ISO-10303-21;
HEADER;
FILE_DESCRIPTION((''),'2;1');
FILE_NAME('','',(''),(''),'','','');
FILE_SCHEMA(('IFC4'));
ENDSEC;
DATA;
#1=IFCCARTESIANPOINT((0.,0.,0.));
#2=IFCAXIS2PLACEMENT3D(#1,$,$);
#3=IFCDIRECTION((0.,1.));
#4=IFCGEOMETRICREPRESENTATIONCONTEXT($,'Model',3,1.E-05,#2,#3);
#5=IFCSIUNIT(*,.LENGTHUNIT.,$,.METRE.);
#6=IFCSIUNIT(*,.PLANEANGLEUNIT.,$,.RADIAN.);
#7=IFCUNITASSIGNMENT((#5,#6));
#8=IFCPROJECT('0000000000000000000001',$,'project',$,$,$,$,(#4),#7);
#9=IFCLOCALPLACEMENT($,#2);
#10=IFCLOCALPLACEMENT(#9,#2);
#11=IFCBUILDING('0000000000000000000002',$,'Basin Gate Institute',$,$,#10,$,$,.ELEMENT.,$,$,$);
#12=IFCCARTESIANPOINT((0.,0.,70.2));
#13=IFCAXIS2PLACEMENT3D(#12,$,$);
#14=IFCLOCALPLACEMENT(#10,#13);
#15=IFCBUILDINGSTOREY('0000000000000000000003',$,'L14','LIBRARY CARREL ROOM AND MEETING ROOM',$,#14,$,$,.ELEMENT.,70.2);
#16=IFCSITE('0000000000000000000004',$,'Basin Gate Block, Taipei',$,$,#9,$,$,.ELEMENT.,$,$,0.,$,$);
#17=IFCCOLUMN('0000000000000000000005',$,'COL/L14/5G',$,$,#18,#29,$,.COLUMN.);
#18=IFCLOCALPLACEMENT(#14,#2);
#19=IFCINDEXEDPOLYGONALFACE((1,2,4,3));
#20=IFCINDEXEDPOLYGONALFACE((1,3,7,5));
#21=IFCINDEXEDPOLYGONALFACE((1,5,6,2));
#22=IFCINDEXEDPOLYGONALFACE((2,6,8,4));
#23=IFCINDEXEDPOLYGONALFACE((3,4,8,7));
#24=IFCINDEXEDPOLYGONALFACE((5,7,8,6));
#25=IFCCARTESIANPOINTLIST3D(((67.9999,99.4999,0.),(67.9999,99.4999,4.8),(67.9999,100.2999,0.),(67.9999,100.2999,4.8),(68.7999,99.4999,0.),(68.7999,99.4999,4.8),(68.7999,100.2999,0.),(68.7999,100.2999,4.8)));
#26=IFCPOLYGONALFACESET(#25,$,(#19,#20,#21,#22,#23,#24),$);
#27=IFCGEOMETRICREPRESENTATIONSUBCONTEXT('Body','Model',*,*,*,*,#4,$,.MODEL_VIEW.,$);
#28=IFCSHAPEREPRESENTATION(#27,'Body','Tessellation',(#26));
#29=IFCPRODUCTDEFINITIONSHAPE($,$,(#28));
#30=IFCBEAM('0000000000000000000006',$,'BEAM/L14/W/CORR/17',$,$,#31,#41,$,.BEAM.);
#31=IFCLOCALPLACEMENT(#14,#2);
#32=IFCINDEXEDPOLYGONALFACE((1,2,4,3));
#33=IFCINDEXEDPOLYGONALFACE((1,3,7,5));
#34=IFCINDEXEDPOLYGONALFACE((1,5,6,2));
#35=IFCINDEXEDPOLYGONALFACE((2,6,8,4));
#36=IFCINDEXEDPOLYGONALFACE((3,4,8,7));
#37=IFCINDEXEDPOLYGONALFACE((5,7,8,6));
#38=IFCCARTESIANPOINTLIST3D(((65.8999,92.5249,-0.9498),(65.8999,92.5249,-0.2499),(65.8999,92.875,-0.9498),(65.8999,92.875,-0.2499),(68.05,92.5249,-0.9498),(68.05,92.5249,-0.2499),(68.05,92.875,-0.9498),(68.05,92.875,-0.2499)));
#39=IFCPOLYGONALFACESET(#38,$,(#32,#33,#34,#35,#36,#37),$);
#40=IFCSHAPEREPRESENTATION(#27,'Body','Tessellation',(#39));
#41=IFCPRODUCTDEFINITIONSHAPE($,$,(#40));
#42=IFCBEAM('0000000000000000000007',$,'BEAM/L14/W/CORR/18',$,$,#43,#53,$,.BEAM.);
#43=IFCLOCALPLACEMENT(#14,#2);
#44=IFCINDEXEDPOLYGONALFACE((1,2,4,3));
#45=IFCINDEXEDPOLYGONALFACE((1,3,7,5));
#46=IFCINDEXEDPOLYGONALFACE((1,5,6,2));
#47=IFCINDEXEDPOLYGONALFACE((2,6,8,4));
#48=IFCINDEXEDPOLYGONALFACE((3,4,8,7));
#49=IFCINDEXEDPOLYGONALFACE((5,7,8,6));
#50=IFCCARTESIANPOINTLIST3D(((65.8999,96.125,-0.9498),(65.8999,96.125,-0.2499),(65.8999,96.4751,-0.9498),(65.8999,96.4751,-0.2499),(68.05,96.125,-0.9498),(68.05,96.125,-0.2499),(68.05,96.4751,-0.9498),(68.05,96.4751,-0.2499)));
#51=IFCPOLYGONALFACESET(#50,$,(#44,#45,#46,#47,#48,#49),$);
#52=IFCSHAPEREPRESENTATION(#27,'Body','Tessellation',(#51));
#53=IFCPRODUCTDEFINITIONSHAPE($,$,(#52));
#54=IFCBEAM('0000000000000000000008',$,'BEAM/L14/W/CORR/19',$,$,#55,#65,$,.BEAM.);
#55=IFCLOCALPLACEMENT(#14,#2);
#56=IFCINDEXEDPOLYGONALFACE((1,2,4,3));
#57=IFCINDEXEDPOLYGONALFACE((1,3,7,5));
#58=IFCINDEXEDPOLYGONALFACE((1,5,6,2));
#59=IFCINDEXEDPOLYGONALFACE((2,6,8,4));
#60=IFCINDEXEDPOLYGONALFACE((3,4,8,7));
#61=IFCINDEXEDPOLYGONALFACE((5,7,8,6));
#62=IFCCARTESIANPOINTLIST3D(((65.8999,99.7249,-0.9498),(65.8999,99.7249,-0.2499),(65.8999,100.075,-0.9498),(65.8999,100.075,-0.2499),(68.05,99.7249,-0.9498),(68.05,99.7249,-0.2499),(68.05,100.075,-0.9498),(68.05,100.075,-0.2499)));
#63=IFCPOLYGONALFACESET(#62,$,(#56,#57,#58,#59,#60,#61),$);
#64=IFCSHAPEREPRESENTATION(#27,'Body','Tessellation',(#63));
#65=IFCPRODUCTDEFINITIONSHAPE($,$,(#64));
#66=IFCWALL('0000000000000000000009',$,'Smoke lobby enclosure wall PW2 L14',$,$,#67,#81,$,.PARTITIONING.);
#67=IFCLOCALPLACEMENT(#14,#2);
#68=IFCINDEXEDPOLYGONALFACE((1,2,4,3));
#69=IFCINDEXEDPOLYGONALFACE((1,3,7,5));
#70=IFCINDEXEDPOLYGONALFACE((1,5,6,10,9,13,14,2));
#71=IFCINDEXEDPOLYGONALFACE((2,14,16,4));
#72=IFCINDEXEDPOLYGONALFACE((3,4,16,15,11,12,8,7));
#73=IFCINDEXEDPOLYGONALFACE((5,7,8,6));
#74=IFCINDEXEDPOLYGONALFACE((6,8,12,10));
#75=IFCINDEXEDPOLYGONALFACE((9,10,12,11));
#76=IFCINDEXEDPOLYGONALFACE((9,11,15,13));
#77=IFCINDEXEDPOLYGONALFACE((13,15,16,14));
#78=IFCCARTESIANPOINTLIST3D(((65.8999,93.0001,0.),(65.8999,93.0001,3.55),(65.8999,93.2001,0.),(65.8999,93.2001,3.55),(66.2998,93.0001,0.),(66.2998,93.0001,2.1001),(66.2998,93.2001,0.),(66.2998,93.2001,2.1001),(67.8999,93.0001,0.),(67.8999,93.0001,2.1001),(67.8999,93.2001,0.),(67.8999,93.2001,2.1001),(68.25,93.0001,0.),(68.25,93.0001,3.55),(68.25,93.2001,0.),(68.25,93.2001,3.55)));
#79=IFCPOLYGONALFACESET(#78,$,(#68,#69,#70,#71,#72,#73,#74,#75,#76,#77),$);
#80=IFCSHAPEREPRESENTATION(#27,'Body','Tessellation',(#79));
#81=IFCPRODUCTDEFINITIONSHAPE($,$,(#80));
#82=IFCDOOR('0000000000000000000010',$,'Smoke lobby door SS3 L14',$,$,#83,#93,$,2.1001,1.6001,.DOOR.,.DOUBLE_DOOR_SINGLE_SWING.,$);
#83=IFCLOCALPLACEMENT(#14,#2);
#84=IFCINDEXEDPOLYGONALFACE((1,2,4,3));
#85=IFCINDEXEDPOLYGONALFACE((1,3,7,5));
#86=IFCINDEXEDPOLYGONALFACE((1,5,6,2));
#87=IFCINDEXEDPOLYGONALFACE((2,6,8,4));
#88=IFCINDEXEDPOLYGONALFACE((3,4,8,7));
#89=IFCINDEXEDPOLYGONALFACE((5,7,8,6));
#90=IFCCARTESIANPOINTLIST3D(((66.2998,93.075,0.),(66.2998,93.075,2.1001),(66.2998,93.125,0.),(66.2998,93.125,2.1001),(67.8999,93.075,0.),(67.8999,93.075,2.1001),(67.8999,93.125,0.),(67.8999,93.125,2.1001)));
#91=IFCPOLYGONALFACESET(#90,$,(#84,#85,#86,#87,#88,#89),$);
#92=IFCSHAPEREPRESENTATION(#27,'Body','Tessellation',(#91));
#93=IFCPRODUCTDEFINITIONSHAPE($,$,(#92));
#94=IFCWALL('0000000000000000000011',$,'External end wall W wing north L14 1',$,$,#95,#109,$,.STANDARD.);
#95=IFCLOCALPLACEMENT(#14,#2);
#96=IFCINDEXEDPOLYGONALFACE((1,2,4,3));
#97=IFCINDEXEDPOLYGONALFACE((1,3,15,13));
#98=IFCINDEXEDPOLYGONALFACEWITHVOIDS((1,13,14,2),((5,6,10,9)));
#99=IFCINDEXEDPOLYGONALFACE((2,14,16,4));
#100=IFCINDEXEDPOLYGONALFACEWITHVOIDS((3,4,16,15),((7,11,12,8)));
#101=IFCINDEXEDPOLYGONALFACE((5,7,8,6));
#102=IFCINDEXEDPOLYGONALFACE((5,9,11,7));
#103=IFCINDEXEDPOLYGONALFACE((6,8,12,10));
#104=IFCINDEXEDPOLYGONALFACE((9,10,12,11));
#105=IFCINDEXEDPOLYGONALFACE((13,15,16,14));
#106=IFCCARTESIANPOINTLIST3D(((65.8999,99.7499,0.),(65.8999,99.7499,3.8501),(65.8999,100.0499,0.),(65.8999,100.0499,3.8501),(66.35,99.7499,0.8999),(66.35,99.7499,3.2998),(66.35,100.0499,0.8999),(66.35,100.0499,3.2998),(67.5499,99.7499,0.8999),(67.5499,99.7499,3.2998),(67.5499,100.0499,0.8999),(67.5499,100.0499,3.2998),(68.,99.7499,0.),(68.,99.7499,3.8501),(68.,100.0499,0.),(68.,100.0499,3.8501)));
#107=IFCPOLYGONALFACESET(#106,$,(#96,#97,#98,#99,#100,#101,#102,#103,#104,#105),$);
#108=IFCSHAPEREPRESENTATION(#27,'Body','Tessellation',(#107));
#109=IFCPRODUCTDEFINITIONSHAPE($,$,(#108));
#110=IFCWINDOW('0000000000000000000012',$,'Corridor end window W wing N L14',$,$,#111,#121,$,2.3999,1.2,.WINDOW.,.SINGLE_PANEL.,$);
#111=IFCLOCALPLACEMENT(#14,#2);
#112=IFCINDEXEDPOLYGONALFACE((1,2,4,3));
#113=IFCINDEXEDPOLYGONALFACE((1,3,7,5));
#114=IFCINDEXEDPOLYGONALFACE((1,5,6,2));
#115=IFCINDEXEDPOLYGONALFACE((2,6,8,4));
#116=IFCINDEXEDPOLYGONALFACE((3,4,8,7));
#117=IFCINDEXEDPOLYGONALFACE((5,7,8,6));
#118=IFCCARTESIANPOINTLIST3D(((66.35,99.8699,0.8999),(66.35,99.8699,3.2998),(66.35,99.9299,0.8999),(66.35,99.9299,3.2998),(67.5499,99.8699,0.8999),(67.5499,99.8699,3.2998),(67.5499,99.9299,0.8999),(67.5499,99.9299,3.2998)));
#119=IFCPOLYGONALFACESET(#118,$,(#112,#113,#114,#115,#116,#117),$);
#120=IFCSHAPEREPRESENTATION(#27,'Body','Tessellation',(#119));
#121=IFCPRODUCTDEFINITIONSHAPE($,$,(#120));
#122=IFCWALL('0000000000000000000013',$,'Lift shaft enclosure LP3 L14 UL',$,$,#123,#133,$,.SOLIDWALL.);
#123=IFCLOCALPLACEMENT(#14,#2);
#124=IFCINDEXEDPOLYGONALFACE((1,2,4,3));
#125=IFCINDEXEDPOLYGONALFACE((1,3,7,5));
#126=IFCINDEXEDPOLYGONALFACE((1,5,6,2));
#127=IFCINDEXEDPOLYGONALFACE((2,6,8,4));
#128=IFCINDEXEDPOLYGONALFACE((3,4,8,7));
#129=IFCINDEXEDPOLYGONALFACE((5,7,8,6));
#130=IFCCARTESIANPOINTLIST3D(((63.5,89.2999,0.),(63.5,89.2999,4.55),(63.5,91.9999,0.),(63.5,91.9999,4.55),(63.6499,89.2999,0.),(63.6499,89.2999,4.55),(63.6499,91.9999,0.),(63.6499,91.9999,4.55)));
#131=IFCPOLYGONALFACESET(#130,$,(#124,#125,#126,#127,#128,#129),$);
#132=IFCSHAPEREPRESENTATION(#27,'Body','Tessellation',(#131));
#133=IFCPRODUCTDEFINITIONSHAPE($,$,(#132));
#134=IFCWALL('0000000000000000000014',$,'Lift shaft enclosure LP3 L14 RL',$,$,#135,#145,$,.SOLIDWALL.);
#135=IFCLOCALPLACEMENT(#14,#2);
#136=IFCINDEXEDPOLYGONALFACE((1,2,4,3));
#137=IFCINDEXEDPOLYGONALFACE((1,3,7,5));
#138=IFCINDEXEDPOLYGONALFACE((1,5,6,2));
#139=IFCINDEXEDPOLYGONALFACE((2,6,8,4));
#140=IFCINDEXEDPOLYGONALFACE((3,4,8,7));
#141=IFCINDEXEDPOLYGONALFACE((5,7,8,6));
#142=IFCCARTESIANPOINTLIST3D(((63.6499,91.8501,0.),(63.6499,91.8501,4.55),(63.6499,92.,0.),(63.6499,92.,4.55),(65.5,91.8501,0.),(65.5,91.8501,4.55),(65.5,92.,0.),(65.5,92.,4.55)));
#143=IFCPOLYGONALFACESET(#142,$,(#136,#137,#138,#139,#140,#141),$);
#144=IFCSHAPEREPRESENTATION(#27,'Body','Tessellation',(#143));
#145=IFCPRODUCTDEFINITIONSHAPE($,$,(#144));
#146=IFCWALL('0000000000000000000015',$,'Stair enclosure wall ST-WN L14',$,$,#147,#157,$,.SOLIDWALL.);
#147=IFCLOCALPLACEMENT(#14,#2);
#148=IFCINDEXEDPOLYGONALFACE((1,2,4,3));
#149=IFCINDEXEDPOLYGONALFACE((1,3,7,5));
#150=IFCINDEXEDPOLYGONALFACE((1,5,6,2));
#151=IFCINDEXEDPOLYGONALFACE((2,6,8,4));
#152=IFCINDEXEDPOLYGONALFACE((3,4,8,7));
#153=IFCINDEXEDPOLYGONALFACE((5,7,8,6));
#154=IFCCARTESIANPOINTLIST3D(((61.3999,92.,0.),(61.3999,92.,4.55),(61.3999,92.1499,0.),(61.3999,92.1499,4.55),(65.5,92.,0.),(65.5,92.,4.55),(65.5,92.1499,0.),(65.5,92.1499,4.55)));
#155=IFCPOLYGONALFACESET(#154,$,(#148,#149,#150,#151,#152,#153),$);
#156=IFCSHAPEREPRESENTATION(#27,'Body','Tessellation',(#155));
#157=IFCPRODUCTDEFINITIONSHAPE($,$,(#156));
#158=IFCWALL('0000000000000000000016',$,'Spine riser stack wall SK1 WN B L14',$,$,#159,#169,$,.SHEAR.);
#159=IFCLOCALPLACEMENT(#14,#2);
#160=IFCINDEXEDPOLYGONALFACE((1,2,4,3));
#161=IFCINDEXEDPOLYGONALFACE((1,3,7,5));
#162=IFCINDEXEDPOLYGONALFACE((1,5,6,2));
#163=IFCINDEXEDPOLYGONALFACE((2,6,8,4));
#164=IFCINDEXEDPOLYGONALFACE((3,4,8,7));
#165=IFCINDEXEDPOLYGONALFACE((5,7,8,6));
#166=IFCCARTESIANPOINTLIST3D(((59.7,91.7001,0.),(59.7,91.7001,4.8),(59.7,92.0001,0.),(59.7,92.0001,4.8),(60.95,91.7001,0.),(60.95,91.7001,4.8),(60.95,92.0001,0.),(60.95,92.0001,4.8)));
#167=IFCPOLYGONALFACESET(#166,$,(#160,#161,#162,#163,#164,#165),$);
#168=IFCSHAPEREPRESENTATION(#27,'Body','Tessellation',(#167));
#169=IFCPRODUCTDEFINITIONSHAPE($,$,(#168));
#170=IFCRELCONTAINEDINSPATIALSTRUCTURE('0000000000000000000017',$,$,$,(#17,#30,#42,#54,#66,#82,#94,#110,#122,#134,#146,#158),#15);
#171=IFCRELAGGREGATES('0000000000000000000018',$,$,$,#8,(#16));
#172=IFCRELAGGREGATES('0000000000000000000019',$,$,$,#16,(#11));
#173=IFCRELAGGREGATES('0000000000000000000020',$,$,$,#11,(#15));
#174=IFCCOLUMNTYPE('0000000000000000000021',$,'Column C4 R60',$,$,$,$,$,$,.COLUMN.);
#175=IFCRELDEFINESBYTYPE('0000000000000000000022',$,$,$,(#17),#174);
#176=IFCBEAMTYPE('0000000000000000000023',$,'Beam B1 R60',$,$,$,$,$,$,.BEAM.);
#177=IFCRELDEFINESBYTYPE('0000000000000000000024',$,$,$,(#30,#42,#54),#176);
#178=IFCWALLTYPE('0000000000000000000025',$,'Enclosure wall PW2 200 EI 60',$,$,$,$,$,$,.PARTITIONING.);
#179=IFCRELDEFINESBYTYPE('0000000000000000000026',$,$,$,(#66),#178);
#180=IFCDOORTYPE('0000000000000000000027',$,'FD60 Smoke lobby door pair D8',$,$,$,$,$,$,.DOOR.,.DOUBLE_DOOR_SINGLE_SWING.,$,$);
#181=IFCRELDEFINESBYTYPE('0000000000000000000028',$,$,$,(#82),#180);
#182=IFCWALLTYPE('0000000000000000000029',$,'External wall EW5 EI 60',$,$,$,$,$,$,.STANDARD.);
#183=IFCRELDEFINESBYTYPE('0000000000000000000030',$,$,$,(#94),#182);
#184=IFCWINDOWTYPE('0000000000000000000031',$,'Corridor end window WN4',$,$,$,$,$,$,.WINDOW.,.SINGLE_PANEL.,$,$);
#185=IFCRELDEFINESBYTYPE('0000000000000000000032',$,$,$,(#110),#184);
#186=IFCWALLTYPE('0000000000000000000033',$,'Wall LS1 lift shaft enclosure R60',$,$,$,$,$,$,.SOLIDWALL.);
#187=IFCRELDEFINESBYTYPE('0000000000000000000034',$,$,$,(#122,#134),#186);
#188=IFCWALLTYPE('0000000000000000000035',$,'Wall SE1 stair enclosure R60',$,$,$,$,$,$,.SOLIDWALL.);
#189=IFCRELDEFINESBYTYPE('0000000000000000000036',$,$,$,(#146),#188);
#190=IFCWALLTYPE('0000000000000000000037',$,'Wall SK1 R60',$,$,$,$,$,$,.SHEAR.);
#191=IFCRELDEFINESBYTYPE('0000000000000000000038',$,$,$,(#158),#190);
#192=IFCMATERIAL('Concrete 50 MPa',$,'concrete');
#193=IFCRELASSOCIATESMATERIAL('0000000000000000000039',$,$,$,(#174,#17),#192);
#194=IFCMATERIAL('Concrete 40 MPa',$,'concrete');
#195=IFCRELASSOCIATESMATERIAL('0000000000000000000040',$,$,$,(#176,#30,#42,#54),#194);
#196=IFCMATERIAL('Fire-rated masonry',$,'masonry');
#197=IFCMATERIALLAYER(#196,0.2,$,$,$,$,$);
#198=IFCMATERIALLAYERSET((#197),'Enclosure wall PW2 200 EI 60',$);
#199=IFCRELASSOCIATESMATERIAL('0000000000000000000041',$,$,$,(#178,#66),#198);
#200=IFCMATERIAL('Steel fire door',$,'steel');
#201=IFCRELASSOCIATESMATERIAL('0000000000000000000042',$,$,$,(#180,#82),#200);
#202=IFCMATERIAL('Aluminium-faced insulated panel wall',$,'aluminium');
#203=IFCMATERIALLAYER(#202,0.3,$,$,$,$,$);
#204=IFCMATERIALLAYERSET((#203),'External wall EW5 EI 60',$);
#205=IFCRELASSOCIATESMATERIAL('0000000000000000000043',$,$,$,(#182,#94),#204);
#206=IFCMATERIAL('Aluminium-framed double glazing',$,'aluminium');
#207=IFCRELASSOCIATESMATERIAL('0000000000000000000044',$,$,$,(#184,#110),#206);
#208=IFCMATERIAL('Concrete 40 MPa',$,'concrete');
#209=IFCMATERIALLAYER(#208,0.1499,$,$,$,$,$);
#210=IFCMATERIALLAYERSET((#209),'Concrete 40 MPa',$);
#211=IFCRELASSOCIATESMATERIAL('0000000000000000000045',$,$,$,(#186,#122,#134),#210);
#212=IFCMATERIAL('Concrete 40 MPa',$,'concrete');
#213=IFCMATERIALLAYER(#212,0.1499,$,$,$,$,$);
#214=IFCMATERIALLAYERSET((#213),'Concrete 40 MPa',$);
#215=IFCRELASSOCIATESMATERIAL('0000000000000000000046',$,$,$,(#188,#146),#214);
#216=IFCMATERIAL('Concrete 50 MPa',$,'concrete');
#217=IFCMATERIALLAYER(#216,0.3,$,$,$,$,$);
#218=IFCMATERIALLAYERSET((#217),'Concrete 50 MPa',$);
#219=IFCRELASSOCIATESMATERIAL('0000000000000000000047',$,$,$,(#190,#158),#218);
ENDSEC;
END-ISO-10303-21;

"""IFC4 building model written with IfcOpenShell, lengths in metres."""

from ifc_helpers import new_model, si_unit, direction, frame, frame_2d, origin, origin_2d, place, context, subcontext, project, spatial, rectangle, extrude, material, layer, layer_set, material_profile, profile_set, type_object, element, fill, save


model = new_model("IFC4")

# Units and contexts
model_context = context("Model", 3, precision=1e-05, world=origin(), true_north=direction((0.0, 1.0)))
body_context = subcontext(model_context, "Body", "Model", "MODEL_VIEW")
ifc_project = project(units=[si_unit("LENGTHUNIT", "METRE"), si_unit("PLANEANGLEUNIT", "RADIAN")], contexts=[model_context])

# Site, building, storey
site_placement = place(None, origin())
site = spatial("IfcSite", under=ifc_project, at=site_placement, Name="Basin Gate Block, Taipei", CompositionType="ELEMENT", RefElevation=0.0)
building_placement = place(site_placement, origin())
building = spatial("IfcBuilding", under=site, at=building_placement, Name="Basin Gate Institute", CompositionType="ELEMENT")
storey_placement = place(building_placement, frame((0.0, 0.0, 70.2)))
storey = spatial("IfcBuildingStorey", under=building, at=storey_placement, Name="L14", Description="LIBRARY CARREL ROOM AND MEETING ROOM", CompositionType="ELEMENT", Elevation=70.2)

# Column
ifc_material_1 = material(Name="Concrete 50 MPa", Category="concrete")
ifc_material_profile_1 = material_profile(ifc_material_1, rectangle(XDim=0.8, YDim=0.8, at=origin_2d()), Name="Column C4 800 x 800")
ifc_profile_set_1 = profile_set([ifc_material_profile_1], Name="Concrete 50 MPa")
column_type = type_object("IfcColumnType", Name="Column C4 R60", PredefinedType="COLUMN", material=ifc_profile_set_1)
column_placement = place(storey_placement, frame((68.3999, 99.8999, 0.0), z_axis=(0.0, 0.0, 1.0), x_axis=(1.0, 0.0, 0.0)))
element("IfcColumn", 1, at=column_placement, inside=storey, type_object=column_type, material=ifc_profile_set_1, Name="COL/L14/5G", PredefinedType="COLUMN", context=body_context, shape_type="SweptSolid", body=[
    extrude(rectangle(XDim=0.8, YDim=0.8, at=origin_2d()), origin(), (0.0, 0.0, 1.0), 4.8),
])

# Beams
ifc_material_2 = material(Name="Concrete 40 MPa", Category="concrete")
ifc_material_profile_2 = material_profile(ifc_material_2, rectangle(XDim=0.3501, YDim=0.7, at=origin_2d()), Name="Beam B1 350 x 700")
ifc_profile_set_2 = profile_set([ifc_material_profile_2], Name="Concrete 40 MPa")
beam_type = type_object("IfcBeamType", Name="Beam B1 R60", PredefinedType="BEAM", material=ifc_profile_set_2)
for number, where, z_axis, x_axis, name in (
    (2, (65.8999, 92.7, -0.5999), (1.0, 0.0, 0.0), (0.0, 1.0, 0.0), "BEAM/L14/W/CORR/17"),
    (3, (65.8999, 96.3, -0.5999), (1.0, 0.0, 0.0), (0.0, 1.0, 0.0), "BEAM/L14/W/CORR/18"),
    (4, (65.8999, 99.8999, -0.5999), (1.0, 0.0, 0.0), (0.0, 1.0, 0.0), "BEAM/L14/W/CORR/19"),
):
    element("IfcBeam", number, at=place(storey_placement, frame(where, z_axis=z_axis, x_axis=x_axis)), inside=storey, type_object=beam_type, material=ifc_profile_set_2, Name=name, PredefinedType="BEAM", context=body_context, shape_type="SweptSolid", body=[
        extrude(rectangle(XDim=0.3501, YDim=0.7, at=origin_2d()), origin(), (0.0, 0.0, 1.0), 2.1501),
    ])

# Wall, opening, door
ifc_material_3 = material(Name="Fire-rated masonry", Category="masonry")
ifc_layer_1 = layer(ifc_material_3, 0.2)
ifc_layer_set_1 = layer_set([ifc_layer_1], Name="Enclosure wall PW2 200 EI 60")
wall_type_1 = type_object("IfcWallType", Name="Enclosure wall PW2 200 EI 60", PredefinedType="PARTITIONING", material=ifc_layer_set_1)
wall_1_placement = place(storey_placement, frame((65.8999, 93.1001, 0.0), z_axis=(0.0, 0.0, 1.0), x_axis=(1.0, 0.0, 0.0)))
wall_1 = element("IfcWall", 5, at=wall_1_placement, inside=storey, type_object=wall_type_1, material=ifc_layer_set_1, Name="Smoke lobby enclosure wall PW2 L14", PredefinedType="PARTITIONING", context=body_context, shape_type="SweptSolid", body=[
    extrude(rectangle(XDim=2.3501, YDim=0.2, at=frame_2d((1.175, 0.0))), origin(), (0.0, 0.0, 1.0), 3.55),
])
opening_1_placement = place(wall_1_placement, frame((0.3999, 0.0, 0.0)))
opening_1 = element("IfcOpeningElement", 6, at=opening_1_placement, cuts=wall_1, PredefinedType="OPENING", context=body_context, shape_type="SweptSolid", body=[
    extrude(rectangle(XDim=1.6001, YDim=2.1001, at=frame_2d((0.8, 1.05))), frame((0.0, 0.1099, 0.0), z_axis=(0.0, -1.0, 0.0), x_axis=(1.0, 0.0, 0.0)), (0.0, 0.0, 1.0), 0.22),
])
ifc_material_4 = material(Name="Steel fire door", Category="steel")
door_type = type_object("IfcDoorType", Name="FD60 Smoke lobby door pair D8", OperationType="DOUBLE_DOOR_SINGLE_SWING", PredefinedType="DOOR", material=ifc_material_4)
door_placement = place(opening_1_placement, origin())
door = element("IfcDoor", 7, at=door_placement, inside=storey, type_object=door_type, material=ifc_material_4, Name="Smoke lobby door SS3 L14", OperationType="DOUBLE_DOOR_SINGLE_SWING", OverallHeight=2.1001, OverallWidth=1.6001, PredefinedType="DOOR", context=body_context, shape_type="SweptSolid", body=[
    extrude(rectangle(XDim=1.6001, YDim=2.1001, at=frame_2d((0.8, 1.05))), frame((0.0, 0.0249, 0.0), z_axis=(0.0, -1.0, 0.0), x_axis=(1.0, 0.0, 0.0)), (0.0, 0.0, 1.0), 0.05),
])
fill(opening_1, door)

# Wall, opening, window
ifc_material_5 = material(Name="Aluminium-faced insulated panel wall", Category="aluminium")
ifc_layer_2 = layer(ifc_material_5, 0.3)
ifc_layer_set_2 = layer_set([ifc_layer_2], Name="External wall EW5 EI 60")
wall_type_2 = type_object("IfcWallType", Name="External wall EW5 EI 60", PredefinedType="STANDARD", material=ifc_layer_set_2)
wall_2_placement = place(storey_placement, frame((65.8999, 99.8999, 0.0), z_axis=(0.0, 0.0, 1.0), x_axis=(1.0, 0.0, 0.0)))
wall_2 = element("IfcWall", 8, at=wall_2_placement, inside=storey, type_object=wall_type_2, material=ifc_layer_set_2, Name="External end wall W wing north L14 1", PredefinedType="STANDARD", context=body_context, shape_type="SweptSolid", body=[
    extrude(rectangle(XDim=2.1001, YDim=0.3, at=frame_2d((1.05, 0.0))), origin(), (0.0, 0.0, 1.0), 3.8501),
])
opening_2_placement = place(wall_2_placement, frame((0.45, 0.0, 0.8999)))
opening_2 = element("IfcOpeningElement", 9, at=opening_2_placement, cuts=wall_2, PredefinedType="OPENING", context=body_context, shape_type="SweptSolid", body=[
    extrude(rectangle(XDim=1.2, YDim=2.3999, at=frame_2d((0.6001, 1.2))), frame((0.0, 0.1602, 0.0), z_axis=(0.0, -1.0, 0.0), x_axis=(1.0, 0.0, 0.0)), (0.0, 0.0, 1.0), 0.3201),
])
ifc_material_6 = material(Name="Aluminium-framed double glazing", Category="aluminium")
window_type_1 = type_object("IfcWindowType", Name="Corridor end window WN4", PartitioningType="SINGLE_PANEL", PredefinedType="WINDOW", material=ifc_material_6)
window_1_placement = place(opening_2_placement, origin())
window_1 = element("IfcWindow", 10, at=window_1_placement, inside=storey, type_object=window_type_1, material=ifc_material_6, Name="Corridor end window W wing N L14", OverallHeight=2.3999, OverallWidth=1.2, PartitioningType="SINGLE_PANEL", PredefinedType="WINDOW", context=body_context, shape_type="SweptSolid", body=[
    extrude(rectangle(XDim=1.2, YDim=2.3999, at=frame_2d((0.6001, 1.2))), frame((0.0, 0.03, 0.0), z_axis=(0.0, -1.0, 0.0), x_axis=(1.0, 0.0, 0.0)), (0.0, 0.0, 1.0), 0.0601),
])
fill(opening_2, window_1)

# Walls
ifc_material_7 = material(Name="Concrete 40 MPa", Category="concrete")
ifc_layer_3 = layer(ifc_material_7, 0.1499)
ifc_layer_set_3 = layer_set([ifc_layer_3], Name="Concrete 40 MPa")
wall_type_3 = type_object("IfcWallType", Name="Wall LS1 lift shaft enclosure R60", PredefinedType="SOLIDWALL", material=ifc_layer_set_3)
wall_3_placement = place(storey_placement, frame((63.575, 92.0, 0.0), z_axis=(0.0, 0.0, 1.0), x_axis=(0.0, -1.0, 0.0)))
element("IfcWall", 11, at=wall_3_placement, inside=storey, type_object=wall_type_3, material=ifc_layer_set_3, Name="Lift shaft enclosure LP3 L14 UL", PredefinedType="SOLIDWALL", context=body_context, shape_type="SweptSolid", body=[
    extrude(rectangle(XDim=2.7, YDim=0.1499, at=frame_2d((1.3501, 0.0))), origin(), (0.0, 0.0, 1.0), 4.55),
])
wall_4_placement = place(storey_placement, frame((63.6499, 91.925, 0.0), z_axis=(0.0, 0.0, 1.0), x_axis=(1.0, 0.0, 0.0)))
element("IfcWall", 12, at=wall_4_placement, inside=storey, type_object=wall_type_3, material=ifc_layer_set_3, Name="Lift shaft enclosure LP3 L14 RL", PredefinedType="SOLIDWALL", context=body_context, shape_type="SweptSolid", body=[
    extrude(rectangle(XDim=1.8501, YDim=0.1499, at=frame_2d((0.925, 0.0))), origin(), (0.0, 0.0, 1.0), 4.55),
])
ifc_material_8 = material(Name="Concrete 40 MPa", Category="concrete")
ifc_layer_4 = layer(ifc_material_8, 0.1499)
ifc_layer_set_4 = layer_set([ifc_layer_4], Name="Concrete 40 MPa")
wall_type_4 = type_object("IfcWallType", Name="Wall SE1 stair enclosure R60", PredefinedType="SOLIDWALL", material=ifc_layer_set_4)
wall_5_placement = place(storey_placement, frame((61.3999, 92.075, 0.0), z_axis=(0.0, 0.0, 1.0), x_axis=(1.0, 0.0, 0.0)))
element("IfcWall", 13, at=wall_5_placement, inside=storey, type_object=wall_type_4, material=ifc_layer_set_4, Name="Stair enclosure wall ST-WN L14", PredefinedType="SOLIDWALL", context=body_context, shape_type="SweptSolid", body=[
    extrude(rectangle(XDim=4.1001, YDim=0.1499, at=frame_2d((2.05, 0.0))), origin(), (0.0, 0.0, 1.0), 4.55),
])
ifc_material_9 = material(Name="Concrete 50 MPa", Category="concrete")
ifc_layer_5 = layer(ifc_material_9, 0.3)
ifc_layer_set_5 = layer_set([ifc_layer_5], Name="Concrete 50 MPa")
wall_type_5 = type_object("IfcWallType", Name="Wall SK1 R60", PredefinedType="SHEAR", material=ifc_layer_set_5)
wall_6_placement = place(storey_placement, frame((60.95, 91.8501, 0.0), z_axis=(0.0, 0.0, 1.0), x_axis=(-1.0, 0.0, 0.0)))
element("IfcWall", 14, at=wall_6_placement, inside=storey, type_object=wall_type_5, material=ifc_layer_set_5, Name="Spine riser stack wall SK1 WN B L14", PredefinedType="SHEAR", context=body_context, shape_type="SweptSolid", body=[
    extrude(rectangle(XDim=1.25, YDim=0.3, at=frame_2d((0.625, 0.0))), origin(), (0.0, 0.0, 1.0), 4.8),
])

save(model, "model.ifc")
